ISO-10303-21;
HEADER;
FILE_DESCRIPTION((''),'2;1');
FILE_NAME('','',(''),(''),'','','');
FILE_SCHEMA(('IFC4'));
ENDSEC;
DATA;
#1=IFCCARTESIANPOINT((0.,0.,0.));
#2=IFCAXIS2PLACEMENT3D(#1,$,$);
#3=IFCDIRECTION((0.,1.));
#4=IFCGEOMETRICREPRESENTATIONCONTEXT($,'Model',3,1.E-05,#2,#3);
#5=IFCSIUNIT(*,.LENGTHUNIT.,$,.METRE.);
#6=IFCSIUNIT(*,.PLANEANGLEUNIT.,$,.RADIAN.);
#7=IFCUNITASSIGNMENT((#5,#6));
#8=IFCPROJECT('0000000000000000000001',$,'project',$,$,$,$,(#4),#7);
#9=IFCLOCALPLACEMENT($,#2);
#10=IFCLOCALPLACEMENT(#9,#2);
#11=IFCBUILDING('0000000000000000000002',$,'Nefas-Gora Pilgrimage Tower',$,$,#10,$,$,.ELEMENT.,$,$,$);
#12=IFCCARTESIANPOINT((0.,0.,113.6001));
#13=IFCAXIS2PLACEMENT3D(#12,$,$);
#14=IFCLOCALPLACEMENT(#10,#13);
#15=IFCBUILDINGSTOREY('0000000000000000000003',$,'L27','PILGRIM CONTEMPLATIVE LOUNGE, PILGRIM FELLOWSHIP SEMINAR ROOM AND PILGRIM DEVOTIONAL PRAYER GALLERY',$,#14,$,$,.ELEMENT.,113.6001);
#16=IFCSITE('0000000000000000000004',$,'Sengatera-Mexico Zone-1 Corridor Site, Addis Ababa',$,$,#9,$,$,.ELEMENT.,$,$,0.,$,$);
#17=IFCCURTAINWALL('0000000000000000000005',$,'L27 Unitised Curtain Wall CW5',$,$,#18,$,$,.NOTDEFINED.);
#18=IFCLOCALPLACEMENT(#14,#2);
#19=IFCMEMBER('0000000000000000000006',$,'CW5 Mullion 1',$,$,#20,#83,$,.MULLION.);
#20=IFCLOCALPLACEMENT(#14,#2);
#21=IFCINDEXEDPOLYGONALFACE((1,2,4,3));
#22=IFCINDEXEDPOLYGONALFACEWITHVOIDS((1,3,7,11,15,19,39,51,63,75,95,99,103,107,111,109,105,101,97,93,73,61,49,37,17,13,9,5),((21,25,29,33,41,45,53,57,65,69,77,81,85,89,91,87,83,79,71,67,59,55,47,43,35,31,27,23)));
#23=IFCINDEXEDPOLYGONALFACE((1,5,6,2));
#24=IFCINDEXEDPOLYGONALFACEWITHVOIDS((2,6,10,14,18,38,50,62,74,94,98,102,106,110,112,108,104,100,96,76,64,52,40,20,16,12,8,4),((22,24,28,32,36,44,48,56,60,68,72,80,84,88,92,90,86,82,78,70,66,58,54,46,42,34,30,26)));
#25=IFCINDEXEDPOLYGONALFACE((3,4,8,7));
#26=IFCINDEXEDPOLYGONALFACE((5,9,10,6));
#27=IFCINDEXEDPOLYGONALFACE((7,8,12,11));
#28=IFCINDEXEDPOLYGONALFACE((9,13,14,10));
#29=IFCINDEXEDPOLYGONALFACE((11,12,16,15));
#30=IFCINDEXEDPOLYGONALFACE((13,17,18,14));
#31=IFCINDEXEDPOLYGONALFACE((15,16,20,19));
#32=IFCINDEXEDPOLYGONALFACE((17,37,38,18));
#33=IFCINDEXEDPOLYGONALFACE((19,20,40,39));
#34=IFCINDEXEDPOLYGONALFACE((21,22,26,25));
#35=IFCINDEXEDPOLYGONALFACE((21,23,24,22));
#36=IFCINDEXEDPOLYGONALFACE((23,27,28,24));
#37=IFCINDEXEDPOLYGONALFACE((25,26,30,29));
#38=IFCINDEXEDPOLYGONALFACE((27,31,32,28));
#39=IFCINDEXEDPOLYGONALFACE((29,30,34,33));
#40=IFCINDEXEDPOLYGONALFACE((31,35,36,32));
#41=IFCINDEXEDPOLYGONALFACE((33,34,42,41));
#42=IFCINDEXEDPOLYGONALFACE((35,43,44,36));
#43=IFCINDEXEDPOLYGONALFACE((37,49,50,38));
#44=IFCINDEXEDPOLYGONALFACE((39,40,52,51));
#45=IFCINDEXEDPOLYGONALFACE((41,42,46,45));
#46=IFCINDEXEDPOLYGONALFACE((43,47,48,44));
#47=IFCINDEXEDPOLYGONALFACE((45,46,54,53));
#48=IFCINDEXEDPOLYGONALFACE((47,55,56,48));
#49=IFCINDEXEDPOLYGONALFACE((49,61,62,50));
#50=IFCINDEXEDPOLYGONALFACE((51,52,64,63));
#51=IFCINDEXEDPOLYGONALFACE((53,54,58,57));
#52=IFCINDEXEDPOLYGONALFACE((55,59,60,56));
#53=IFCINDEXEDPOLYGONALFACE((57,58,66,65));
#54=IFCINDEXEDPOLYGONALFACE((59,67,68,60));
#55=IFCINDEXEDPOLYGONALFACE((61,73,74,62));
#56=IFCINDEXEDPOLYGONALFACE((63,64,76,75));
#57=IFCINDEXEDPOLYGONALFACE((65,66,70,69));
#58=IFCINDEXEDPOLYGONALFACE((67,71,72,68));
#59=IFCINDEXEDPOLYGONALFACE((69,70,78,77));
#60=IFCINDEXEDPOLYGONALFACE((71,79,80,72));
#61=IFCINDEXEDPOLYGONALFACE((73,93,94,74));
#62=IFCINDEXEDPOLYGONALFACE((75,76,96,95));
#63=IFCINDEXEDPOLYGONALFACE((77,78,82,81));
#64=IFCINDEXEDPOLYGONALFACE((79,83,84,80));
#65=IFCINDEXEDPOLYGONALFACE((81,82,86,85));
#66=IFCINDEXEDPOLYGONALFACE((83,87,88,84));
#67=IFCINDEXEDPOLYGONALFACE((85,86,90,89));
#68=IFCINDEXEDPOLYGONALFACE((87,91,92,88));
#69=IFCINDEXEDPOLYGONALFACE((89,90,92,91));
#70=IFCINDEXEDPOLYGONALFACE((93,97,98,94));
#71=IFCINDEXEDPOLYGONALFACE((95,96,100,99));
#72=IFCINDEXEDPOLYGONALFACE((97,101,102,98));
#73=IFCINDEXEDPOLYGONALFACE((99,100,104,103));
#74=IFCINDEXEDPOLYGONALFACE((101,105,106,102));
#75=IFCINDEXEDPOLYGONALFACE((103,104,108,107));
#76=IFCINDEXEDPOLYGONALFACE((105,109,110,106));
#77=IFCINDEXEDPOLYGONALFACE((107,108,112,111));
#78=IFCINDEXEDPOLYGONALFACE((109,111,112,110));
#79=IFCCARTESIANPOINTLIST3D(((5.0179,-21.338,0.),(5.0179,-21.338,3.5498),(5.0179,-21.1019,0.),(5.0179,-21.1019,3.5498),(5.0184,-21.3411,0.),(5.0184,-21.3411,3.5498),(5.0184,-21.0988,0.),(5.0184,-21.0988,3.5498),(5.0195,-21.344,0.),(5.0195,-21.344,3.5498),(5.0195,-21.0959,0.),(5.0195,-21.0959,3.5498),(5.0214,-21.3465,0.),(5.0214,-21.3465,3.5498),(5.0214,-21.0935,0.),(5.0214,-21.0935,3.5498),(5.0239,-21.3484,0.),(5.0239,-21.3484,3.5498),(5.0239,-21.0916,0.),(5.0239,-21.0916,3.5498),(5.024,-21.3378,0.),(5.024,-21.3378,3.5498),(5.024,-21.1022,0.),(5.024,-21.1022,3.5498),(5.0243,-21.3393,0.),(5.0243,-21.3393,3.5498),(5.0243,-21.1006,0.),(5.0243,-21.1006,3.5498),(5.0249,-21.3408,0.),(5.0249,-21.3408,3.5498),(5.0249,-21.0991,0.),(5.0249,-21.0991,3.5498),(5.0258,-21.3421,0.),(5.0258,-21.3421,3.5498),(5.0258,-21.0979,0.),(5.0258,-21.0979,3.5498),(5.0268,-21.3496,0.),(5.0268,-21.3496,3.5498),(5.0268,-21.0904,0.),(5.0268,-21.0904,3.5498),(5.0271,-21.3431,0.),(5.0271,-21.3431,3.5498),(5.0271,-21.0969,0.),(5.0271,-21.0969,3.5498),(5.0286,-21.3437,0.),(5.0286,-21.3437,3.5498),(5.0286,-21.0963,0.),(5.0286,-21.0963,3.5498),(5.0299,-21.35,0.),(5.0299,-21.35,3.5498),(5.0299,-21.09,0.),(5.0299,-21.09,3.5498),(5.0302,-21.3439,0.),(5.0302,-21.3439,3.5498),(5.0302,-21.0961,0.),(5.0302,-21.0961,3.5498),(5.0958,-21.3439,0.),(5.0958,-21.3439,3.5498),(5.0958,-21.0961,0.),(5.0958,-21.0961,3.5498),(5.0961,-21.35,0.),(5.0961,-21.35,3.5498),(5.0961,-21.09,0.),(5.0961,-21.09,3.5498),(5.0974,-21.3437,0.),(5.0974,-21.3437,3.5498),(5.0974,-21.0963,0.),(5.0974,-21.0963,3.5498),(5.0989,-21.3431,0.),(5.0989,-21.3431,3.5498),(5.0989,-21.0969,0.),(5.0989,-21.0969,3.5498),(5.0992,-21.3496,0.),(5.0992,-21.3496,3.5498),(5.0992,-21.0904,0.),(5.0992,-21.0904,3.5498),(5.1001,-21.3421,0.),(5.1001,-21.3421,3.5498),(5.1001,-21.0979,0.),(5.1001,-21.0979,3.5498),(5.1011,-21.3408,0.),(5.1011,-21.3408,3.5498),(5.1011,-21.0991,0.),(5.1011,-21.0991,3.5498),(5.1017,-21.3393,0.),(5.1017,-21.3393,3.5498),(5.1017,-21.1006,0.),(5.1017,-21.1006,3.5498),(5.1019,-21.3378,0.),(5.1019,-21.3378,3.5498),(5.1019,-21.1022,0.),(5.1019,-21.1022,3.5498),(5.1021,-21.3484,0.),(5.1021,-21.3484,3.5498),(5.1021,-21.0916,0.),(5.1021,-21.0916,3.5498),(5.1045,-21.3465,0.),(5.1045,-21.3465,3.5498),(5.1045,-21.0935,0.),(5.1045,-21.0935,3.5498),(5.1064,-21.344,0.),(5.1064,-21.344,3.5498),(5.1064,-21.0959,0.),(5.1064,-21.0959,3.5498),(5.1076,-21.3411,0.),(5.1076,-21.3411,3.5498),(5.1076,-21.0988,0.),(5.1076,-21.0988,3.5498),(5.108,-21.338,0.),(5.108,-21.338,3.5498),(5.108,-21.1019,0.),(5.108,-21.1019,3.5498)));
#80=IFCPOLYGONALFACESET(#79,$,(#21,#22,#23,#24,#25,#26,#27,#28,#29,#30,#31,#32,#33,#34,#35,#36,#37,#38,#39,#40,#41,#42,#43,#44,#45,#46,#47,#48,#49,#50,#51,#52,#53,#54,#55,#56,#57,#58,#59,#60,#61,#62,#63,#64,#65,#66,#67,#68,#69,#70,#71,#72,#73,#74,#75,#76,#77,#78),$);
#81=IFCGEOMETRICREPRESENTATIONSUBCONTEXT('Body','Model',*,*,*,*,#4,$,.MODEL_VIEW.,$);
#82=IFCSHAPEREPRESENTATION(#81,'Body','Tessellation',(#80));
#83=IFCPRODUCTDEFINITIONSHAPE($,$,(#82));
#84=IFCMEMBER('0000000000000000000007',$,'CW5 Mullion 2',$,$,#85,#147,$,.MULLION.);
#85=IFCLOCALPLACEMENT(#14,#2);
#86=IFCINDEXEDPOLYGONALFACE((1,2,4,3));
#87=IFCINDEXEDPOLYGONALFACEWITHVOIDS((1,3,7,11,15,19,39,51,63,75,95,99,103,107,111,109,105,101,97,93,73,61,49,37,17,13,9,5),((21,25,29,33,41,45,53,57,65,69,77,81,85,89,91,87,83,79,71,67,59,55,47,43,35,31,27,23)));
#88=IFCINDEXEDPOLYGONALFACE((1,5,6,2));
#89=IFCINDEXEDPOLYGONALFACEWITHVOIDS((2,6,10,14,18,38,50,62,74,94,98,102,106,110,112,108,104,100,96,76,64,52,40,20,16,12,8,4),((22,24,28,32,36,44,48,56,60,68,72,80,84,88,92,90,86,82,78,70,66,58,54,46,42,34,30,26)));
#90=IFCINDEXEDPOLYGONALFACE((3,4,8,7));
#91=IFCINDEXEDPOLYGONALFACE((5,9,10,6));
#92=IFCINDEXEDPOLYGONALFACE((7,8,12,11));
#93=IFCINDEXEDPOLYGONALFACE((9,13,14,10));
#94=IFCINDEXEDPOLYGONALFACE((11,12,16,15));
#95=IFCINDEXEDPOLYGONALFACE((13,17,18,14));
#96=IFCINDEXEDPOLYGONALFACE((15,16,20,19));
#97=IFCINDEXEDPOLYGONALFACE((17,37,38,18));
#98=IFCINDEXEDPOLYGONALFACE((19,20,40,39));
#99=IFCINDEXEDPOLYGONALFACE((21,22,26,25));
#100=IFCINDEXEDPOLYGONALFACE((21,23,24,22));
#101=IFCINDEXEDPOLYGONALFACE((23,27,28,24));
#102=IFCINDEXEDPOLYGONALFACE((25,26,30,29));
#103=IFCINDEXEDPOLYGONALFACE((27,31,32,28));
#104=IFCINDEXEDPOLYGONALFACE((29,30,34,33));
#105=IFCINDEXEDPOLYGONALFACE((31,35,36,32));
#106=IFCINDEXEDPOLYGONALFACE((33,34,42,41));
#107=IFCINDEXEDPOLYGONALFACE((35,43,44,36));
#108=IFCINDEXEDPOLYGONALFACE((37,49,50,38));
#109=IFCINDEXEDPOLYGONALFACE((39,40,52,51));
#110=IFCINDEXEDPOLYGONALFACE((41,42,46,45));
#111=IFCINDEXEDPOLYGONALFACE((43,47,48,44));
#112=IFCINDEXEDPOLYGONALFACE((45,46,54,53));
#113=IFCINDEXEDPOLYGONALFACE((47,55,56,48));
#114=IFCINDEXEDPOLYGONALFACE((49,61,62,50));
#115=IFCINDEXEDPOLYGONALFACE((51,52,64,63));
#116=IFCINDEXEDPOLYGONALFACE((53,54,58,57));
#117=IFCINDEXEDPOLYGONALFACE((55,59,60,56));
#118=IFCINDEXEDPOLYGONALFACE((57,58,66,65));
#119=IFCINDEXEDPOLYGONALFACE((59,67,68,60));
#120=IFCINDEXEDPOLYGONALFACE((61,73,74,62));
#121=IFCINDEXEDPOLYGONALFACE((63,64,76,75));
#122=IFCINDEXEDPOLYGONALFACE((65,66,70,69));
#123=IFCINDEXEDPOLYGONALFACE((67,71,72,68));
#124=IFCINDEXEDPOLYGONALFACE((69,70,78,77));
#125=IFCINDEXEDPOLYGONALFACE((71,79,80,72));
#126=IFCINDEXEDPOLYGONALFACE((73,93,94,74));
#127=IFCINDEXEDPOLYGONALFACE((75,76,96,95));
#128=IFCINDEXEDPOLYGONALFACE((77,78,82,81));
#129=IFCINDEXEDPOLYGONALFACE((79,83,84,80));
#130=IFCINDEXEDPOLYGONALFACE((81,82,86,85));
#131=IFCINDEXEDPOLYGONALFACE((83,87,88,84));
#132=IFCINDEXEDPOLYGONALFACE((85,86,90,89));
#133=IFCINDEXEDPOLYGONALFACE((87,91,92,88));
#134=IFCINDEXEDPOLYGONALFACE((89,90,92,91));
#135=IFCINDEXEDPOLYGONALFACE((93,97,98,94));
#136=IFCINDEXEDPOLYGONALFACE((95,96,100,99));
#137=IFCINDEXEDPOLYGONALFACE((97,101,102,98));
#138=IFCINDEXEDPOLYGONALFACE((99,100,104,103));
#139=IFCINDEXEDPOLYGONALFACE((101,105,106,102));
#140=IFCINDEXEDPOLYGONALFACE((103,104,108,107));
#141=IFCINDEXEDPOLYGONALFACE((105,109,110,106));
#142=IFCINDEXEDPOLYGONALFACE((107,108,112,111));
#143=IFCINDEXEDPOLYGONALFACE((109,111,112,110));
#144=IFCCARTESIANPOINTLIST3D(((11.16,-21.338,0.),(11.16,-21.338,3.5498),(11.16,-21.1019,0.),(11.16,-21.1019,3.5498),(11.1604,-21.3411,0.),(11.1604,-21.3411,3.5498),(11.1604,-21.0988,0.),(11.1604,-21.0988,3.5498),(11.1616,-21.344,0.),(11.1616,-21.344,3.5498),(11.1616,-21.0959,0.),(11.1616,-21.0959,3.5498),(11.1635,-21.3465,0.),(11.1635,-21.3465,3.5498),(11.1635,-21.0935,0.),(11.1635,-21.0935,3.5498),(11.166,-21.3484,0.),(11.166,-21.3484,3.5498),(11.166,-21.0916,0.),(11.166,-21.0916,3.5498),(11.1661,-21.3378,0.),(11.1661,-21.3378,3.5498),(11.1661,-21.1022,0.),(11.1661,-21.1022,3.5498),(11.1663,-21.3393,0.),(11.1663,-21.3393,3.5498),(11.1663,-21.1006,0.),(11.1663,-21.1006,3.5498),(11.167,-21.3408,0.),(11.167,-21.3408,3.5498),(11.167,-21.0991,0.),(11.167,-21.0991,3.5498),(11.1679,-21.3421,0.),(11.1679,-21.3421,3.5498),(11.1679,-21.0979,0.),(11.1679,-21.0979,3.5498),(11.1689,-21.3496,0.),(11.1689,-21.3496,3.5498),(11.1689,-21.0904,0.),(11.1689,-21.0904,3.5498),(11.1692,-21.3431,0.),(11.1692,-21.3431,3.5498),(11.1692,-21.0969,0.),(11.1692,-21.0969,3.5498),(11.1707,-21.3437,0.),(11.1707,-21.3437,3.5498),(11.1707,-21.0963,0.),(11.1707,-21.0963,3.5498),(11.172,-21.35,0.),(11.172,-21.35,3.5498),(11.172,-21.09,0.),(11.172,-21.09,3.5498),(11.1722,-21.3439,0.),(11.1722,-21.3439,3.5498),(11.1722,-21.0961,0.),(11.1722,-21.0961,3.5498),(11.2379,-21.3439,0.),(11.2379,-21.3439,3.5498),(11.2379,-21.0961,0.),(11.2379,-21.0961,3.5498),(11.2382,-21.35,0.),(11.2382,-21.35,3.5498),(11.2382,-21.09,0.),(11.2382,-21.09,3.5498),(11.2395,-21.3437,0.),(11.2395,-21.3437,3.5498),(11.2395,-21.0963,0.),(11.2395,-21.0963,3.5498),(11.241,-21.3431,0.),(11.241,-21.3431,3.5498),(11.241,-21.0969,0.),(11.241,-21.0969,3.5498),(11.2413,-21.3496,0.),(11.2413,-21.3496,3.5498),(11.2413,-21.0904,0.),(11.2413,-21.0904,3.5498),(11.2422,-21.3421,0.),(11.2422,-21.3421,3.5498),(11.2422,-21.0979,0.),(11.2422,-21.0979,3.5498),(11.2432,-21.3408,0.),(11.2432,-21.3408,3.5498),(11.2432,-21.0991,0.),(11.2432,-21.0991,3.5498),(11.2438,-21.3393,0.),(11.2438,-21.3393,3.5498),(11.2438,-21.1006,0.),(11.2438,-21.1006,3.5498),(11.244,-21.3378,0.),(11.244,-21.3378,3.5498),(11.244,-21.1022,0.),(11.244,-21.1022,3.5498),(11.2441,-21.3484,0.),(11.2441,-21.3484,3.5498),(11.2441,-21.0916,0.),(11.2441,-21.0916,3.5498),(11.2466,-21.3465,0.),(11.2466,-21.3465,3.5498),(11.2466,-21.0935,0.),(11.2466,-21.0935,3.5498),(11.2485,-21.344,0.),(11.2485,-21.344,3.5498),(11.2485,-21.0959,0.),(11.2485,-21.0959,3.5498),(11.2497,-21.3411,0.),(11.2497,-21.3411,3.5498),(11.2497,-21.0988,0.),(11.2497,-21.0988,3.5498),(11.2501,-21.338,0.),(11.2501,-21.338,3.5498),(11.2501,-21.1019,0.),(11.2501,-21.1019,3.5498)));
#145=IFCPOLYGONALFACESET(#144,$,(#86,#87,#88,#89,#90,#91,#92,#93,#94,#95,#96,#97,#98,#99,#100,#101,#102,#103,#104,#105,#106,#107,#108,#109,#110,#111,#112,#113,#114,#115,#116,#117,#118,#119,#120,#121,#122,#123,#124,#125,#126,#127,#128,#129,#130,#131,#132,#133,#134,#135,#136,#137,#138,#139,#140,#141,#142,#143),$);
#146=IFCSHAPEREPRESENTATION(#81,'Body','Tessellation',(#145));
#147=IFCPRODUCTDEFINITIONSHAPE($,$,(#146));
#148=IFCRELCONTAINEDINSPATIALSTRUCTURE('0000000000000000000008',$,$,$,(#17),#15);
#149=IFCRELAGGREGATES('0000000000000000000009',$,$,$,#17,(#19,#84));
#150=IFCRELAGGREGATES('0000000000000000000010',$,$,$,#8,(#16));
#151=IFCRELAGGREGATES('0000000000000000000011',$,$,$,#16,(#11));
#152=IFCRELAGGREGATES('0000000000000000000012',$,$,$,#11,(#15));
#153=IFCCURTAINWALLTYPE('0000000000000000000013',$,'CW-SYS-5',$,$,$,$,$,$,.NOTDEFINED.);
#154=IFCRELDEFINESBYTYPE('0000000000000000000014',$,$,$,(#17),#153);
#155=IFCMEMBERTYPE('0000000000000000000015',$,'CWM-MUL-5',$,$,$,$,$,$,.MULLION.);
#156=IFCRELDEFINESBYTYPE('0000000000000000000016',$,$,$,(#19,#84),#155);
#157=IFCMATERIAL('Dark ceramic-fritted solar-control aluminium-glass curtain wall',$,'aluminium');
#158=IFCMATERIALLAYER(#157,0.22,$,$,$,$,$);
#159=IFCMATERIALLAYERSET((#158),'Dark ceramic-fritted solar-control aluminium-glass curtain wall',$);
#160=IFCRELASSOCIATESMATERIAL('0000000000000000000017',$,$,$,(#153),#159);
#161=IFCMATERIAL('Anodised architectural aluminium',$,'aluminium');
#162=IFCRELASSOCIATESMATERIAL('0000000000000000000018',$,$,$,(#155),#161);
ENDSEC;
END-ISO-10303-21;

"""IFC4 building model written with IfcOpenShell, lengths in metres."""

from ifc_helpers import new_model, si_unit, direction, frame, origin, origin_2d, place, context, subcontext, project, spatial, hollow_rectangle, extrude, source, transform, mapped, material, layer, layer_set, material_profile, profile_set, type_object, element, aggregate, save


model = new_model("IFC4")

# Units and contexts
model_context = context("Model", 3, precision=1e-05, world=origin(), true_north=direction((0.0, 1.0)))
body_context = subcontext(model_context, "Body", "Model", "MODEL_VIEW")
ifc_project = project(units=[si_unit("LENGTHUNIT", "METRE"), si_unit("PLANEANGLEUNIT", "RADIAN")], contexts=[model_context])

# Site, building, storey
site_placement = place(None, origin())
site = spatial("IfcSite", under=ifc_project, at=site_placement, Name="Sengatera-Mexico Zone-1 Corridor Site, Addis Ababa", CompositionType="ELEMENT", RefElevation=0.0)
building_placement = place(site_placement, origin())
building = spatial("IfcBuilding", under=site, at=building_placement, Name="Nefas-Gora Pilgrimage Tower", CompositionType="ELEMENT")
storey_placement = place(building_placement, frame((0.0, 0.0, 113.6001)))
storey = spatial("IfcBuildingStorey", under=building, at=storey_placement, Name="L27", Description="PILGRIM CONTEMPLATIVE LOUNGE, PILGRIM FELLOWSHIP SEMINAR ROOM AND PILGRIM DEVOTIONAL PRAYER GALLERY", CompositionType="ELEMENT", Elevation=113.6001)

# Curtain wall
ifc_material_1 = material(Name="Dark ceramic-fritted solar-control aluminium-glass curtain wall", Category="aluminium")
ifc_layer_1 = layer(ifc_material_1, 0.22)
ifc_layer_set_1 = layer_set([ifc_layer_1], Name="Dark ceramic-fritted solar-control aluminium-glass curtain wall")
curtain_wall_type_1 = type_object("IfcCurtainWallType", Name="CW-SYS-5", PredefinedType="NOTDEFINED", material=ifc_layer_set_1)
curtain_wall_1_placement = place(storey_placement, origin())
curtain_wall_1 = element("IfcCurtainWall", 1, at=curtain_wall_1_placement, inside=storey, type_object=curtain_wall_type_1, Name="L27 Unitised Curtain Wall CW5", PredefinedType="NOTDEFINED")
ifc_material_2 = material(Name="Anodised architectural aluminium", Category="aluminium")

# Members
ifc_material_profile_1 = material_profile(ifc_material_2, hollow_rectangle(XDim=0.0901, YDim=0.26, WallThickness=0.0061, InnerFilletRadius=0.0061, OuterFilletRadius=0.012, at=origin_2d()), Name="ALU MULLION 90x260")
ifc_profile_set_1 = profile_set([ifc_material_profile_1], Name="Anodised architectural aluminium")
member_type_1 = type_object("IfcMemberType", Name="CWM-MUL-5", PredefinedType="MULLION", material=ifc_profile_set_1)
shared_shape_1 = source(origin(), body_context, "Body", "SweptSolid", [
    extrude(hollow_rectangle(XDim=0.0901, YDim=0.26, WallThickness=0.0061, InnerFilletRadius=0.0061, OuterFilletRadius=0.012, at=origin_2d()), origin(), (0.0, 0.0, 1.0), 3.5498),
])
member_1_placement = place(storey_placement, frame((5.063, -21.22, 0.0), z_axis=(0.0, 0.0, 1.0), x_axis=(1.0, 0.0, 0.0)))
member_1 = element("IfcMember", 2, at=member_1_placement, type_object=member_type_1, Name="CW5 Mullion 1", PredefinedType="MULLION", context=body_context, shape_type="MappedRepresentation", body=[
    mapped(shared_shape_1, transform((0.0, 0.0, 0.0), x_axis=(1.0, 0.0, 0.0), y_axis=(0.0, 1.0, 0.0), z_axis=(0.0, 0.0, 1.0), scale=1.0)),
])
member_2_placement = place(storey_placement, frame((11.2051, -21.22, 0.0), z_axis=(0.0, 0.0, 1.0), x_axis=(1.0, 0.0, 0.0)))
member_2 = element("IfcMember", 3, at=member_2_placement, type_object=member_type_1, Name="CW5 Mullion 2", PredefinedType="MULLION", context=body_context, shape_type="MappedRepresentation", body=[
    mapped(shared_shape_1, transform((0.0, 0.0, 0.0), x_axis=(1.0, 0.0, 0.0), y_axis=(0.0, 1.0, 0.0), z_axis=(0.0, 0.0, 1.0), scale=1.0)),
])

aggregate(curtain_wall_1, [member_1, member_2])

save(model, "model.ifc")
